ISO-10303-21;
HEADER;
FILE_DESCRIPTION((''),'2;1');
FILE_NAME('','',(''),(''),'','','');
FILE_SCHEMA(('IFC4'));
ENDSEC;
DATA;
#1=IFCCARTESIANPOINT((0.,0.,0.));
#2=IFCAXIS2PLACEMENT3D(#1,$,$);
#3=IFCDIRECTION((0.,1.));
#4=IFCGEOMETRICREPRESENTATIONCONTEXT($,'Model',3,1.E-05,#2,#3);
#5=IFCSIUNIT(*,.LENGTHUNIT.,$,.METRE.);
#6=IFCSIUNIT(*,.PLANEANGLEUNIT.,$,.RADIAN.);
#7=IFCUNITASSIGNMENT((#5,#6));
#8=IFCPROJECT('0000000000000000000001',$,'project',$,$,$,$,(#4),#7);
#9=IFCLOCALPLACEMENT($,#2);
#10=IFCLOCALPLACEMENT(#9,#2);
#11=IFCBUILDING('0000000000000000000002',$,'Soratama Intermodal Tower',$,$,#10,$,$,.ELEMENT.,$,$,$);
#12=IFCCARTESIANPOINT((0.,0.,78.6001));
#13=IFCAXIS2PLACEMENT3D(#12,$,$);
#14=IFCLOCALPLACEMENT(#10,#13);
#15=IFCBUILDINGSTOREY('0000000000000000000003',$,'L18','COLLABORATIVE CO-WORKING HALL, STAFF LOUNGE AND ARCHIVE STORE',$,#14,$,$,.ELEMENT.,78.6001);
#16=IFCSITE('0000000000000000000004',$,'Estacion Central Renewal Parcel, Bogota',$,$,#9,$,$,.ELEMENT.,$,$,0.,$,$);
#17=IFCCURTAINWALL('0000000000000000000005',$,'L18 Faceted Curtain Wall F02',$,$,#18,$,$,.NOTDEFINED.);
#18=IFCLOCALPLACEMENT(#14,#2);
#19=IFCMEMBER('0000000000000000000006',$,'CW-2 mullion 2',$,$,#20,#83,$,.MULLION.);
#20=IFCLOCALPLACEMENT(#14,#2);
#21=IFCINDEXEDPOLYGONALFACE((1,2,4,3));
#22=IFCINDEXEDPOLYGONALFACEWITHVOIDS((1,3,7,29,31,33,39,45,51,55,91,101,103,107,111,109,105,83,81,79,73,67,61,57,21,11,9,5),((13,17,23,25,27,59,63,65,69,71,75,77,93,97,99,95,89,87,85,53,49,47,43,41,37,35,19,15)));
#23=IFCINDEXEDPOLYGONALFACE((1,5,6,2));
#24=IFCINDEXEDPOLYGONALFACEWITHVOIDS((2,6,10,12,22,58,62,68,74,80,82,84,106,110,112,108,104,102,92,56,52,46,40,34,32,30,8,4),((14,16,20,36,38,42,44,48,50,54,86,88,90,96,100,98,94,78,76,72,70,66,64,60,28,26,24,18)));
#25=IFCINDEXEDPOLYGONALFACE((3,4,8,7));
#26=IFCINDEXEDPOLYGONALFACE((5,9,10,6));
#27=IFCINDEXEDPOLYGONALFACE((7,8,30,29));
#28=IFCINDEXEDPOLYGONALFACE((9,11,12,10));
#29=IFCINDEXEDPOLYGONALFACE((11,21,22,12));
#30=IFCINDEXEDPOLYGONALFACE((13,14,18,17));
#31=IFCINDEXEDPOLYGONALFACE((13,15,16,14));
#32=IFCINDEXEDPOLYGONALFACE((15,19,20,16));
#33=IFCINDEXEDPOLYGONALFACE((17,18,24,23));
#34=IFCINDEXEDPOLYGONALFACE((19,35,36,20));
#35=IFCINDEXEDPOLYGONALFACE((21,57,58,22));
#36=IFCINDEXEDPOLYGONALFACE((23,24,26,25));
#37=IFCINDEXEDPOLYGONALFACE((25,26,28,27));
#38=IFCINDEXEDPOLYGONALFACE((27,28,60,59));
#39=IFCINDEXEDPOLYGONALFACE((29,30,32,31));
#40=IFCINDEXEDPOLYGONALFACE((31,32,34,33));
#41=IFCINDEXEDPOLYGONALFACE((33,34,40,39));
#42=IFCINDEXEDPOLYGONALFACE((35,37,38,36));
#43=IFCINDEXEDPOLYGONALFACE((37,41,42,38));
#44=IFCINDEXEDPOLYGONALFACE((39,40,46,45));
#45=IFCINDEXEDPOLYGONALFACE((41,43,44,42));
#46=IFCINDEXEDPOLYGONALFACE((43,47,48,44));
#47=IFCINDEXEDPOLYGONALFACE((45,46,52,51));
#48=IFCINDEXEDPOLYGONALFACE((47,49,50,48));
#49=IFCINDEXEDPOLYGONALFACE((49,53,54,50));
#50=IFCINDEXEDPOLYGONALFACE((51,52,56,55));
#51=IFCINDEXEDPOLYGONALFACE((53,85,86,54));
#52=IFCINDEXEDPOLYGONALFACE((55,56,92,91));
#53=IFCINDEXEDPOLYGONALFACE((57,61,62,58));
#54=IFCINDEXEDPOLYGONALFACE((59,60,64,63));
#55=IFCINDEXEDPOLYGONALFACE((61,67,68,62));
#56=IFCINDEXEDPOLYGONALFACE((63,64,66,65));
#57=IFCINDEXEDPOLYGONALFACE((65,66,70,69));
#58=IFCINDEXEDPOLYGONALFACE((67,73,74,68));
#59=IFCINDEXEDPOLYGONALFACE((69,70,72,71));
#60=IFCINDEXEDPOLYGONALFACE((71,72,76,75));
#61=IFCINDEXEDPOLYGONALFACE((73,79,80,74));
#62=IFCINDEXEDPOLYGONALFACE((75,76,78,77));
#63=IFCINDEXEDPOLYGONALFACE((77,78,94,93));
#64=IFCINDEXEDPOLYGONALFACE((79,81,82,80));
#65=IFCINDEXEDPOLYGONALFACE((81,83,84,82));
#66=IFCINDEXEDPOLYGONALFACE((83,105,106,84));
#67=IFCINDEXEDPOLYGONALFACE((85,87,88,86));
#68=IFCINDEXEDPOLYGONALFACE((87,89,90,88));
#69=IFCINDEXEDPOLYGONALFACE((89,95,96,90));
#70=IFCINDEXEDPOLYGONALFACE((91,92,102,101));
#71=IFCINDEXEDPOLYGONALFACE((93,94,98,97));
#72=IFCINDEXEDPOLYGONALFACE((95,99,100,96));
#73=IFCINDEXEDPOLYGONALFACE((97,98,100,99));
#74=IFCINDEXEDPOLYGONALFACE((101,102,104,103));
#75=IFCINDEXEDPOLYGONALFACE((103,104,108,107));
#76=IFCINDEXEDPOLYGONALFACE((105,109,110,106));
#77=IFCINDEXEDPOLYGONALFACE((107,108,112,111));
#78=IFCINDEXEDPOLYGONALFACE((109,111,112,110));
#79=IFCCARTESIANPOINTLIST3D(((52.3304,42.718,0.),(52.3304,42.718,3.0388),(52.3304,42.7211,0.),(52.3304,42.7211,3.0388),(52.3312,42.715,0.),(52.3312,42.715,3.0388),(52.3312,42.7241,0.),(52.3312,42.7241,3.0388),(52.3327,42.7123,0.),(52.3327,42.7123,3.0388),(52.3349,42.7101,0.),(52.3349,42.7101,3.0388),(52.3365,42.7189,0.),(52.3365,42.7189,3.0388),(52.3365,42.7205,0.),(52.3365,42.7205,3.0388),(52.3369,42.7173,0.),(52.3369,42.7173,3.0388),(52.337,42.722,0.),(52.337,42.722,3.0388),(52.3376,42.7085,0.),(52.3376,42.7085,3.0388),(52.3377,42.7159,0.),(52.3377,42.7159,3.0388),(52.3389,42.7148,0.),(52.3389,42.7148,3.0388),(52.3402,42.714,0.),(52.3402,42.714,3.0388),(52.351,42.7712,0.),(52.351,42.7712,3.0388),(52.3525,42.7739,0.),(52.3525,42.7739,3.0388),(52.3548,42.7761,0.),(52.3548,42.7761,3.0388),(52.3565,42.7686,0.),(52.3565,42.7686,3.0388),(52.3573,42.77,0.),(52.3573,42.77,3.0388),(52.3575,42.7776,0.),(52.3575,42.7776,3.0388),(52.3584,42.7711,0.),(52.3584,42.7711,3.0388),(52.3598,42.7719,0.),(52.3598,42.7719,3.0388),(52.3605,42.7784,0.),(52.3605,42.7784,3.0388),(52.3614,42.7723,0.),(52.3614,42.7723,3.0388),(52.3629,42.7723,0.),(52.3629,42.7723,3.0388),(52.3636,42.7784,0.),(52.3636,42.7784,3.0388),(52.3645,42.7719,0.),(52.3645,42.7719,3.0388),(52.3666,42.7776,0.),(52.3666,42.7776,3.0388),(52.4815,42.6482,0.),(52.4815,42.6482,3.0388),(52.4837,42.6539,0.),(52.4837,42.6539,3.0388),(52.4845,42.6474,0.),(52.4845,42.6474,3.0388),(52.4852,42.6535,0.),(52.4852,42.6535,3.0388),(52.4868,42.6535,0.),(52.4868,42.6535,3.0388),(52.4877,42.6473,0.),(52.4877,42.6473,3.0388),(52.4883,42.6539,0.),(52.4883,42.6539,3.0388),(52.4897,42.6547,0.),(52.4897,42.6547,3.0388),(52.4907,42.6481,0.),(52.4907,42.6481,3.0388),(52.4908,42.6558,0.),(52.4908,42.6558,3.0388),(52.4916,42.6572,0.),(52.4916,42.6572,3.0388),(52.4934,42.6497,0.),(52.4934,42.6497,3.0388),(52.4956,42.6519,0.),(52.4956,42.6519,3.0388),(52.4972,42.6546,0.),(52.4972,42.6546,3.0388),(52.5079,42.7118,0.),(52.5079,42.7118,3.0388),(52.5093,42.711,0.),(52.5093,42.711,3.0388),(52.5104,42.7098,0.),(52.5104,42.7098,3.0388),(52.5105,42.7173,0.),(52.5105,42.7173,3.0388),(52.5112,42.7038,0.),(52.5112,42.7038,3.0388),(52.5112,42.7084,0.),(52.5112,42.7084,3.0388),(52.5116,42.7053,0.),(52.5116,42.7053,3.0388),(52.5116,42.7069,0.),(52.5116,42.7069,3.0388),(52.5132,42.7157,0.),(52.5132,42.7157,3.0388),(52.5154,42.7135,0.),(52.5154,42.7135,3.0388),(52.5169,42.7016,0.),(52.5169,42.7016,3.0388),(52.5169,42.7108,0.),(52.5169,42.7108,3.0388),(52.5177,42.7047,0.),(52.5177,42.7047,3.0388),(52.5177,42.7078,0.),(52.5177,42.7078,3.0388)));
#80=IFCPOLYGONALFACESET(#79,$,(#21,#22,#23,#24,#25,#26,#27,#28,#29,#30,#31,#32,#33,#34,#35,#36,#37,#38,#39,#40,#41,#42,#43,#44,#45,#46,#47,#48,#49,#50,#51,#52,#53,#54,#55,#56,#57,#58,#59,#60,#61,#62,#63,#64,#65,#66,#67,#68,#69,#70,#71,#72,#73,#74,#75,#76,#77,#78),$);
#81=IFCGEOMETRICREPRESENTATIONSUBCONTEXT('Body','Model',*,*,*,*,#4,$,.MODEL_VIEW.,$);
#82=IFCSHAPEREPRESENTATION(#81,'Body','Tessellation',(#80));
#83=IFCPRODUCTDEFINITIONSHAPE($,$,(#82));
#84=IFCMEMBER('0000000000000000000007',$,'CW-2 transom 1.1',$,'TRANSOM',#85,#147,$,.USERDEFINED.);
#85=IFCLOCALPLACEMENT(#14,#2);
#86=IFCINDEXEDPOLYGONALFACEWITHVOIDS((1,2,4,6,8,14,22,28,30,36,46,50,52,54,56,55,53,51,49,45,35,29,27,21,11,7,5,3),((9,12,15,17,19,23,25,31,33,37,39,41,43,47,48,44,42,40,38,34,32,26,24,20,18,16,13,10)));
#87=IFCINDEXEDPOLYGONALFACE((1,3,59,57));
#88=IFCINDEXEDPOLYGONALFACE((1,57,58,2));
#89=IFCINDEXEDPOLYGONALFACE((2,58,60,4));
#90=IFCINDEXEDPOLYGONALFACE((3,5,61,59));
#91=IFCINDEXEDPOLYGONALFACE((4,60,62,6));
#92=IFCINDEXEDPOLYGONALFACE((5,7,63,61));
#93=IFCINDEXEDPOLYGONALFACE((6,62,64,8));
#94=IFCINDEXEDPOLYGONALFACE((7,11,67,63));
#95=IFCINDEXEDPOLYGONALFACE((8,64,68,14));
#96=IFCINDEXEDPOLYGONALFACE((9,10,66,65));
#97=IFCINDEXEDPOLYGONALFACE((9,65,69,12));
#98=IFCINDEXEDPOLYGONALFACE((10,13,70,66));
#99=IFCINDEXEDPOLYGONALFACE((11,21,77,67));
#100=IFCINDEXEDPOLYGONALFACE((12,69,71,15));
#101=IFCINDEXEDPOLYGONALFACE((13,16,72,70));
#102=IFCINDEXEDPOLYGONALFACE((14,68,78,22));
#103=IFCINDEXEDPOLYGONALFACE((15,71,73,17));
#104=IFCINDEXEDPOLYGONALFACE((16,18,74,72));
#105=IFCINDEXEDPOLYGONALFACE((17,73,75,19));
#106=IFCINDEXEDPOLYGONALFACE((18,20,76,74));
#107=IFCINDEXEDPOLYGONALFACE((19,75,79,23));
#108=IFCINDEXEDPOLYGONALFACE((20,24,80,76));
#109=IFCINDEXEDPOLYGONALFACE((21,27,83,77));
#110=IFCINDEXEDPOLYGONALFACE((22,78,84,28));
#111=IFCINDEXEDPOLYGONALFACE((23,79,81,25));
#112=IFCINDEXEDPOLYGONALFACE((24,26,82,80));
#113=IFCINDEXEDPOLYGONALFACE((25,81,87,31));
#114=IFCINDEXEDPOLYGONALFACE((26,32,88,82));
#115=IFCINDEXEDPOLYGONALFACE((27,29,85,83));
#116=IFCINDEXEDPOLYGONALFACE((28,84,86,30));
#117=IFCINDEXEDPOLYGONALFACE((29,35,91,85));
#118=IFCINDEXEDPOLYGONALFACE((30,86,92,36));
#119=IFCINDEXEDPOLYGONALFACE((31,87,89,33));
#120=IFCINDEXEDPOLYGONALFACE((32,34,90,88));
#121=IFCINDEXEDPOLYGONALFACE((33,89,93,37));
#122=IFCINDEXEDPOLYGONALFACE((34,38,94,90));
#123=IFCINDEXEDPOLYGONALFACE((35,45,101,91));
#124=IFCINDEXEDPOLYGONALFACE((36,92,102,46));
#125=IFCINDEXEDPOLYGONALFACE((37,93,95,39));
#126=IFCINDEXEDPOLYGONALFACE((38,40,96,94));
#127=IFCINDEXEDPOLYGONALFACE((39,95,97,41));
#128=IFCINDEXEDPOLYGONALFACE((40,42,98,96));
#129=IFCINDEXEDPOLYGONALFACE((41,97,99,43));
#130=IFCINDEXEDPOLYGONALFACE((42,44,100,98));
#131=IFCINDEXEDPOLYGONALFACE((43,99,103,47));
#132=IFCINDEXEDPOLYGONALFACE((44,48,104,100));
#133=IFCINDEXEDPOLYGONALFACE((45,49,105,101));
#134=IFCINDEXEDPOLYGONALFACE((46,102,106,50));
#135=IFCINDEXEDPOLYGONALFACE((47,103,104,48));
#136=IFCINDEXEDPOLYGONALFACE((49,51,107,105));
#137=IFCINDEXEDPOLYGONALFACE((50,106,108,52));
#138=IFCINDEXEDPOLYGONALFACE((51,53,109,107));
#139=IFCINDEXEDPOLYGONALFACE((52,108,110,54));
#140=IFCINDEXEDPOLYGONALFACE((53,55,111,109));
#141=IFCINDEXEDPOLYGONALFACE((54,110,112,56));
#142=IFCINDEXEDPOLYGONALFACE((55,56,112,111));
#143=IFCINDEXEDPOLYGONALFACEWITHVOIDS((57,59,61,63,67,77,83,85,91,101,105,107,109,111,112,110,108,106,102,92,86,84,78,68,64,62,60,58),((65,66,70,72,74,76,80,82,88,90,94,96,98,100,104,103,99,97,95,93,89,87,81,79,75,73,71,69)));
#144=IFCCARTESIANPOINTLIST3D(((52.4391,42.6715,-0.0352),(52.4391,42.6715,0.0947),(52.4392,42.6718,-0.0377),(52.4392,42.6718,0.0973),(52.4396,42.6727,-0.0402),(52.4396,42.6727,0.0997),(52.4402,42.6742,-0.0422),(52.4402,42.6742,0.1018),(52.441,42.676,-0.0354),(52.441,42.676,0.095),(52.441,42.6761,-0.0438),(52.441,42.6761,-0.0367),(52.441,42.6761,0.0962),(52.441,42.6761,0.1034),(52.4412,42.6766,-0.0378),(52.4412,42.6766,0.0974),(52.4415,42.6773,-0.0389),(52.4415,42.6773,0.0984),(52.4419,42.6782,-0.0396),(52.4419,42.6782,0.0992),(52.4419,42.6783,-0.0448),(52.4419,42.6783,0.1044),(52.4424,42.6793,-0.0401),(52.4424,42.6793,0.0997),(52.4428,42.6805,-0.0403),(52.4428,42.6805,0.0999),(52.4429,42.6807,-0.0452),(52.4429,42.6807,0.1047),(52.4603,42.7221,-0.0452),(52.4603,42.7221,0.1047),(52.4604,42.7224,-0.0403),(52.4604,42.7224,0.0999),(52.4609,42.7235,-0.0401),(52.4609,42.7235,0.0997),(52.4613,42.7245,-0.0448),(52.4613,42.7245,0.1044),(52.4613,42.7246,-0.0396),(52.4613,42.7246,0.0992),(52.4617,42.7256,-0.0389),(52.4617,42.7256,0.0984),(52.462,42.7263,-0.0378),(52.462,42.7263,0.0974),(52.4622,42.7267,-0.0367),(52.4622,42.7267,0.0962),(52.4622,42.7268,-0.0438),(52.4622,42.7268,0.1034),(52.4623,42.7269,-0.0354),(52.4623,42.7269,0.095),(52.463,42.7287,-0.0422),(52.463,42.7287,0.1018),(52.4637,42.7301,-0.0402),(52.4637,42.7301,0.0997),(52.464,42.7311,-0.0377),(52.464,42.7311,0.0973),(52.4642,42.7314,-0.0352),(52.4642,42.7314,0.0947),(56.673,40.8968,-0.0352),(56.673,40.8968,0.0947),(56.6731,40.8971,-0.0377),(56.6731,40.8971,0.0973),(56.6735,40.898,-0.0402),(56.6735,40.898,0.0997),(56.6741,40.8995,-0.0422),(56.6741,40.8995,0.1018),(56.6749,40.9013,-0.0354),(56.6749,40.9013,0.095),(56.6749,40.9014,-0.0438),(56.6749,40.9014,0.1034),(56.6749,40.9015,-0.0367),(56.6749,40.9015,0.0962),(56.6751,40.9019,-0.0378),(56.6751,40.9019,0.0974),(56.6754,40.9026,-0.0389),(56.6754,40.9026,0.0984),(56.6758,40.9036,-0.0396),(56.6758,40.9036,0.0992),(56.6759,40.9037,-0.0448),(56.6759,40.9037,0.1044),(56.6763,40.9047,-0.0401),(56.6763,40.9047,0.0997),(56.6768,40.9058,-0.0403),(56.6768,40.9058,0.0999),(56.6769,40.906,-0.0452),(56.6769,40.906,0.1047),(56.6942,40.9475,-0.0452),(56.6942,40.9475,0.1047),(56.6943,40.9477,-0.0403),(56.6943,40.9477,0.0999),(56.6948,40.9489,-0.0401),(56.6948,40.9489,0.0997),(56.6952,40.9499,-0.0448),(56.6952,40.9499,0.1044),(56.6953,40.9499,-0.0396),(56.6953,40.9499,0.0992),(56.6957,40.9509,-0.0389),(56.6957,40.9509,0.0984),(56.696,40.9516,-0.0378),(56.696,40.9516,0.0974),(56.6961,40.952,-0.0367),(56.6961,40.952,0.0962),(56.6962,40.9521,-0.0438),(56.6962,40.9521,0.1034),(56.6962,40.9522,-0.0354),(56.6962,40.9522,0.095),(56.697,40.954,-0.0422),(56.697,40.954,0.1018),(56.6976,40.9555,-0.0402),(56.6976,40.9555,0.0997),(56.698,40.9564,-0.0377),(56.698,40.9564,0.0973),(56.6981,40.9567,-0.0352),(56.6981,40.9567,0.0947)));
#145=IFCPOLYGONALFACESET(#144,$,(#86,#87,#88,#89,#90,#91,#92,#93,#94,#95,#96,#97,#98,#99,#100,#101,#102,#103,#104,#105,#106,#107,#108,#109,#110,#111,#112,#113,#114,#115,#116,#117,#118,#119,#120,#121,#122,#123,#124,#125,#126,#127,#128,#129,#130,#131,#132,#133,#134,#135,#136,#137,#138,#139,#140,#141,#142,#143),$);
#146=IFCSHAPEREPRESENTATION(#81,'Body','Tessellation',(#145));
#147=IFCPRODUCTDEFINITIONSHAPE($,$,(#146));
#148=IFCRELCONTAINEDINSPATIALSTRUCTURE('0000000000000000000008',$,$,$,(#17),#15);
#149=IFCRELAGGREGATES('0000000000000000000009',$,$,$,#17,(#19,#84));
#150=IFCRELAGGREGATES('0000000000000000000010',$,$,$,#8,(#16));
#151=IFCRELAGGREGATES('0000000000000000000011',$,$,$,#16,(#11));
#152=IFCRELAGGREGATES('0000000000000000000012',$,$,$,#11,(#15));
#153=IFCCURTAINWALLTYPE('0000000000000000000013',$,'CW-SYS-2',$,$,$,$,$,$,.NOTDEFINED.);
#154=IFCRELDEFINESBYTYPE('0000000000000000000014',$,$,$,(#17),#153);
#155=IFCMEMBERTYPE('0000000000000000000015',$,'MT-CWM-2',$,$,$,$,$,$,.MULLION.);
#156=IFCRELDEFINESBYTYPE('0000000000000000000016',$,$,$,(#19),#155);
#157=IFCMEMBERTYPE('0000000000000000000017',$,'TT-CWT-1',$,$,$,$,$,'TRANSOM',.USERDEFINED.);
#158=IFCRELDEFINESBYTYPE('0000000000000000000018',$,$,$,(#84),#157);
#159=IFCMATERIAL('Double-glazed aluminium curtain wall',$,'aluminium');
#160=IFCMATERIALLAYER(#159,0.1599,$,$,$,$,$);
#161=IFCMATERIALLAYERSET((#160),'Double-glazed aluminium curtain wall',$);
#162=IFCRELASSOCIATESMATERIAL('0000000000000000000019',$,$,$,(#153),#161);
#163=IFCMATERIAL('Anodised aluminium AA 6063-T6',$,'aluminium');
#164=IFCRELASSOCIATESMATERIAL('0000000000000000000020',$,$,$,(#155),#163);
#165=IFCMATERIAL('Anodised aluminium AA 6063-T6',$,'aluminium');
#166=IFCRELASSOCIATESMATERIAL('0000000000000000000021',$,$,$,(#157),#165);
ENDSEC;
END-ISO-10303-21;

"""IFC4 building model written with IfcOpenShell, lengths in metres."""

from ifc_helpers import new_model, si_unit, direction, frame, origin, origin_2d, place, context, subcontext, project, spatial, hollow_rectangle, extrude, material, layer, layer_set, material_profile, profile_set, type_object, element, aggregate, save


model = new_model("IFC4")

# Units and contexts
model_context = context("Model", 3, precision=1e-05, world=origin(), true_north=direction((0.0, 1.0)))
body_context = subcontext(model_context, "Body", "Model", "MODEL_VIEW")
ifc_project = project(units=[si_unit("LENGTHUNIT", "METRE"), si_unit("PLANEANGLEUNIT", "RADIAN")], contexts=[model_context])

# Site, building, storey
site_placement = place(None, origin())
site = spatial("IfcSite", under=ifc_project, at=site_placement, Name="Estacion Central Renewal Parcel, Bogota", CompositionType="ELEMENT", RefElevation=0.0)
building_placement = place(site_placement, origin())
building = spatial("IfcBuilding", under=site, at=building_placement, Name="Soratama Intermodal Tower", CompositionType="ELEMENT")
storey_placement = place(building_placement, frame((0.0, 0.0, 78.6001)))
storey = spatial("IfcBuildingStorey", under=building, at=storey_placement, Name="L18", Description="COLLABORATIVE CO-WORKING HALL, STAFF LOUNGE AND ARCHIVE STORE", CompositionType="ELEMENT", Elevation=78.6001)

# Shared definitions
ifc_material_1 = material(Name="Double-glazed aluminium curtain wall", Category="aluminium")
ifc_layer_1 = layer(ifc_material_1, 0.1599)
ifc_layer_set_1 = layer_set([ifc_layer_1], Name="Double-glazed aluminium curtain wall")
curtain_wall_type = type_object("IfcCurtainWallType", Name="CW-SYS-2", PredefinedType="NOTDEFINED", material=ifc_layer_set_1)
ifc_material_2 = material(Name="Anodised aluminium AA 6063-T6", Category="aluminium")
ifc_material_profile_1 = material_profile(ifc_material_2, hollow_rectangle(XDim=0.075, YDim=0.1799, WallThickness=0.0061, InnerFilletRadius=0.0061, OuterFilletRadius=0.012, at=origin_2d()), Name="CWM180X75X6")
ifc_profile_set_1 = profile_set([ifc_material_profile_1], Name="Anodised aluminium AA 6063-T6")
member_type_1 = type_object("IfcMemberType", Name="MT-CWM-2", PredefinedType="MULLION", material=ifc_profile_set_1)

# Curtain wall, members
curtain_wall_1_placement = place(storey_placement, origin())
curtain_wall_1 = element("IfcCurtainWall", 1, at=curtain_wall_1_placement, inside=storey, type_object=curtain_wall_type, Name="L18 Faceted Curtain Wall F02", PredefinedType="NOTDEFINED")
member_1_placement = place(storey_placement, frame((52.4241, 42.7129, 0.0), z_axis=(0.0, 0.0, 1.0), x_axis=(-0.386552, -0.922268, 0.0)))
member_1 = element("IfcMember", 2, at=member_1_placement, type_object=member_type_1, Name="CW-2 mullion 2", PredefinedType="MULLION", context=body_context, shape_type="SweptSolid", body=[
    extrude(hollow_rectangle(XDim=0.075, YDim=0.1799, WallThickness=0.0061, InnerFilletRadius=0.0061, OuterFilletRadius=0.012, at=origin_2d()), origin(), (0.0, 0.0, 1.0), 3.0388),
])
ifc_material_3 = material(Name="Anodised aluminium AA 6063-T6", Category="aluminium")
ifc_material_profile_2 = material_profile(ifc_material_3, hollow_rectangle(XDim=0.0649, YDim=0.1499, WallThickness=0.0049, InnerFilletRadius=0.0049, OuterFilletRadius=0.01, at=origin_2d()), Name="CWT150X65X5")
ifc_profile_set_2 = profile_set([ifc_material_profile_2], Name="Anodised aluminium AA 6063-T6")
member_type_2 = type_object("IfcMemberType", Name="TT-CWT-1", ElementType="TRANSOM", PredefinedType="USERDEFINED", material=ifc_profile_set_2)
member_2_placement = place(storey_placement, frame((56.6855, 40.9268, 0.0298), z_axis=(-0.92226, 0.386571, 0.0), x_axis=(-0.386571, -0.92226, 0.0)))
member_2 = element("IfcMember", 3, at=member_2_placement, type_object=member_type_2, Name="CW-2 transom 1.1", ObjectType="TRANSOM", PredefinedType="USERDEFINED", context=body_context, shape_type="SweptSolid", body=[
    extrude(hollow_rectangle(XDim=0.0649, YDim=0.1499, WallThickness=0.0049, InnerFilletRadius=0.0049, OuterFilletRadius=0.01, at=origin_2d()), origin(), (0.0, 0.0, 1.0), 4.5908),
])

aggregate(curtain_wall_1, [member_1, member_2])

save(model, "model.ifc")
